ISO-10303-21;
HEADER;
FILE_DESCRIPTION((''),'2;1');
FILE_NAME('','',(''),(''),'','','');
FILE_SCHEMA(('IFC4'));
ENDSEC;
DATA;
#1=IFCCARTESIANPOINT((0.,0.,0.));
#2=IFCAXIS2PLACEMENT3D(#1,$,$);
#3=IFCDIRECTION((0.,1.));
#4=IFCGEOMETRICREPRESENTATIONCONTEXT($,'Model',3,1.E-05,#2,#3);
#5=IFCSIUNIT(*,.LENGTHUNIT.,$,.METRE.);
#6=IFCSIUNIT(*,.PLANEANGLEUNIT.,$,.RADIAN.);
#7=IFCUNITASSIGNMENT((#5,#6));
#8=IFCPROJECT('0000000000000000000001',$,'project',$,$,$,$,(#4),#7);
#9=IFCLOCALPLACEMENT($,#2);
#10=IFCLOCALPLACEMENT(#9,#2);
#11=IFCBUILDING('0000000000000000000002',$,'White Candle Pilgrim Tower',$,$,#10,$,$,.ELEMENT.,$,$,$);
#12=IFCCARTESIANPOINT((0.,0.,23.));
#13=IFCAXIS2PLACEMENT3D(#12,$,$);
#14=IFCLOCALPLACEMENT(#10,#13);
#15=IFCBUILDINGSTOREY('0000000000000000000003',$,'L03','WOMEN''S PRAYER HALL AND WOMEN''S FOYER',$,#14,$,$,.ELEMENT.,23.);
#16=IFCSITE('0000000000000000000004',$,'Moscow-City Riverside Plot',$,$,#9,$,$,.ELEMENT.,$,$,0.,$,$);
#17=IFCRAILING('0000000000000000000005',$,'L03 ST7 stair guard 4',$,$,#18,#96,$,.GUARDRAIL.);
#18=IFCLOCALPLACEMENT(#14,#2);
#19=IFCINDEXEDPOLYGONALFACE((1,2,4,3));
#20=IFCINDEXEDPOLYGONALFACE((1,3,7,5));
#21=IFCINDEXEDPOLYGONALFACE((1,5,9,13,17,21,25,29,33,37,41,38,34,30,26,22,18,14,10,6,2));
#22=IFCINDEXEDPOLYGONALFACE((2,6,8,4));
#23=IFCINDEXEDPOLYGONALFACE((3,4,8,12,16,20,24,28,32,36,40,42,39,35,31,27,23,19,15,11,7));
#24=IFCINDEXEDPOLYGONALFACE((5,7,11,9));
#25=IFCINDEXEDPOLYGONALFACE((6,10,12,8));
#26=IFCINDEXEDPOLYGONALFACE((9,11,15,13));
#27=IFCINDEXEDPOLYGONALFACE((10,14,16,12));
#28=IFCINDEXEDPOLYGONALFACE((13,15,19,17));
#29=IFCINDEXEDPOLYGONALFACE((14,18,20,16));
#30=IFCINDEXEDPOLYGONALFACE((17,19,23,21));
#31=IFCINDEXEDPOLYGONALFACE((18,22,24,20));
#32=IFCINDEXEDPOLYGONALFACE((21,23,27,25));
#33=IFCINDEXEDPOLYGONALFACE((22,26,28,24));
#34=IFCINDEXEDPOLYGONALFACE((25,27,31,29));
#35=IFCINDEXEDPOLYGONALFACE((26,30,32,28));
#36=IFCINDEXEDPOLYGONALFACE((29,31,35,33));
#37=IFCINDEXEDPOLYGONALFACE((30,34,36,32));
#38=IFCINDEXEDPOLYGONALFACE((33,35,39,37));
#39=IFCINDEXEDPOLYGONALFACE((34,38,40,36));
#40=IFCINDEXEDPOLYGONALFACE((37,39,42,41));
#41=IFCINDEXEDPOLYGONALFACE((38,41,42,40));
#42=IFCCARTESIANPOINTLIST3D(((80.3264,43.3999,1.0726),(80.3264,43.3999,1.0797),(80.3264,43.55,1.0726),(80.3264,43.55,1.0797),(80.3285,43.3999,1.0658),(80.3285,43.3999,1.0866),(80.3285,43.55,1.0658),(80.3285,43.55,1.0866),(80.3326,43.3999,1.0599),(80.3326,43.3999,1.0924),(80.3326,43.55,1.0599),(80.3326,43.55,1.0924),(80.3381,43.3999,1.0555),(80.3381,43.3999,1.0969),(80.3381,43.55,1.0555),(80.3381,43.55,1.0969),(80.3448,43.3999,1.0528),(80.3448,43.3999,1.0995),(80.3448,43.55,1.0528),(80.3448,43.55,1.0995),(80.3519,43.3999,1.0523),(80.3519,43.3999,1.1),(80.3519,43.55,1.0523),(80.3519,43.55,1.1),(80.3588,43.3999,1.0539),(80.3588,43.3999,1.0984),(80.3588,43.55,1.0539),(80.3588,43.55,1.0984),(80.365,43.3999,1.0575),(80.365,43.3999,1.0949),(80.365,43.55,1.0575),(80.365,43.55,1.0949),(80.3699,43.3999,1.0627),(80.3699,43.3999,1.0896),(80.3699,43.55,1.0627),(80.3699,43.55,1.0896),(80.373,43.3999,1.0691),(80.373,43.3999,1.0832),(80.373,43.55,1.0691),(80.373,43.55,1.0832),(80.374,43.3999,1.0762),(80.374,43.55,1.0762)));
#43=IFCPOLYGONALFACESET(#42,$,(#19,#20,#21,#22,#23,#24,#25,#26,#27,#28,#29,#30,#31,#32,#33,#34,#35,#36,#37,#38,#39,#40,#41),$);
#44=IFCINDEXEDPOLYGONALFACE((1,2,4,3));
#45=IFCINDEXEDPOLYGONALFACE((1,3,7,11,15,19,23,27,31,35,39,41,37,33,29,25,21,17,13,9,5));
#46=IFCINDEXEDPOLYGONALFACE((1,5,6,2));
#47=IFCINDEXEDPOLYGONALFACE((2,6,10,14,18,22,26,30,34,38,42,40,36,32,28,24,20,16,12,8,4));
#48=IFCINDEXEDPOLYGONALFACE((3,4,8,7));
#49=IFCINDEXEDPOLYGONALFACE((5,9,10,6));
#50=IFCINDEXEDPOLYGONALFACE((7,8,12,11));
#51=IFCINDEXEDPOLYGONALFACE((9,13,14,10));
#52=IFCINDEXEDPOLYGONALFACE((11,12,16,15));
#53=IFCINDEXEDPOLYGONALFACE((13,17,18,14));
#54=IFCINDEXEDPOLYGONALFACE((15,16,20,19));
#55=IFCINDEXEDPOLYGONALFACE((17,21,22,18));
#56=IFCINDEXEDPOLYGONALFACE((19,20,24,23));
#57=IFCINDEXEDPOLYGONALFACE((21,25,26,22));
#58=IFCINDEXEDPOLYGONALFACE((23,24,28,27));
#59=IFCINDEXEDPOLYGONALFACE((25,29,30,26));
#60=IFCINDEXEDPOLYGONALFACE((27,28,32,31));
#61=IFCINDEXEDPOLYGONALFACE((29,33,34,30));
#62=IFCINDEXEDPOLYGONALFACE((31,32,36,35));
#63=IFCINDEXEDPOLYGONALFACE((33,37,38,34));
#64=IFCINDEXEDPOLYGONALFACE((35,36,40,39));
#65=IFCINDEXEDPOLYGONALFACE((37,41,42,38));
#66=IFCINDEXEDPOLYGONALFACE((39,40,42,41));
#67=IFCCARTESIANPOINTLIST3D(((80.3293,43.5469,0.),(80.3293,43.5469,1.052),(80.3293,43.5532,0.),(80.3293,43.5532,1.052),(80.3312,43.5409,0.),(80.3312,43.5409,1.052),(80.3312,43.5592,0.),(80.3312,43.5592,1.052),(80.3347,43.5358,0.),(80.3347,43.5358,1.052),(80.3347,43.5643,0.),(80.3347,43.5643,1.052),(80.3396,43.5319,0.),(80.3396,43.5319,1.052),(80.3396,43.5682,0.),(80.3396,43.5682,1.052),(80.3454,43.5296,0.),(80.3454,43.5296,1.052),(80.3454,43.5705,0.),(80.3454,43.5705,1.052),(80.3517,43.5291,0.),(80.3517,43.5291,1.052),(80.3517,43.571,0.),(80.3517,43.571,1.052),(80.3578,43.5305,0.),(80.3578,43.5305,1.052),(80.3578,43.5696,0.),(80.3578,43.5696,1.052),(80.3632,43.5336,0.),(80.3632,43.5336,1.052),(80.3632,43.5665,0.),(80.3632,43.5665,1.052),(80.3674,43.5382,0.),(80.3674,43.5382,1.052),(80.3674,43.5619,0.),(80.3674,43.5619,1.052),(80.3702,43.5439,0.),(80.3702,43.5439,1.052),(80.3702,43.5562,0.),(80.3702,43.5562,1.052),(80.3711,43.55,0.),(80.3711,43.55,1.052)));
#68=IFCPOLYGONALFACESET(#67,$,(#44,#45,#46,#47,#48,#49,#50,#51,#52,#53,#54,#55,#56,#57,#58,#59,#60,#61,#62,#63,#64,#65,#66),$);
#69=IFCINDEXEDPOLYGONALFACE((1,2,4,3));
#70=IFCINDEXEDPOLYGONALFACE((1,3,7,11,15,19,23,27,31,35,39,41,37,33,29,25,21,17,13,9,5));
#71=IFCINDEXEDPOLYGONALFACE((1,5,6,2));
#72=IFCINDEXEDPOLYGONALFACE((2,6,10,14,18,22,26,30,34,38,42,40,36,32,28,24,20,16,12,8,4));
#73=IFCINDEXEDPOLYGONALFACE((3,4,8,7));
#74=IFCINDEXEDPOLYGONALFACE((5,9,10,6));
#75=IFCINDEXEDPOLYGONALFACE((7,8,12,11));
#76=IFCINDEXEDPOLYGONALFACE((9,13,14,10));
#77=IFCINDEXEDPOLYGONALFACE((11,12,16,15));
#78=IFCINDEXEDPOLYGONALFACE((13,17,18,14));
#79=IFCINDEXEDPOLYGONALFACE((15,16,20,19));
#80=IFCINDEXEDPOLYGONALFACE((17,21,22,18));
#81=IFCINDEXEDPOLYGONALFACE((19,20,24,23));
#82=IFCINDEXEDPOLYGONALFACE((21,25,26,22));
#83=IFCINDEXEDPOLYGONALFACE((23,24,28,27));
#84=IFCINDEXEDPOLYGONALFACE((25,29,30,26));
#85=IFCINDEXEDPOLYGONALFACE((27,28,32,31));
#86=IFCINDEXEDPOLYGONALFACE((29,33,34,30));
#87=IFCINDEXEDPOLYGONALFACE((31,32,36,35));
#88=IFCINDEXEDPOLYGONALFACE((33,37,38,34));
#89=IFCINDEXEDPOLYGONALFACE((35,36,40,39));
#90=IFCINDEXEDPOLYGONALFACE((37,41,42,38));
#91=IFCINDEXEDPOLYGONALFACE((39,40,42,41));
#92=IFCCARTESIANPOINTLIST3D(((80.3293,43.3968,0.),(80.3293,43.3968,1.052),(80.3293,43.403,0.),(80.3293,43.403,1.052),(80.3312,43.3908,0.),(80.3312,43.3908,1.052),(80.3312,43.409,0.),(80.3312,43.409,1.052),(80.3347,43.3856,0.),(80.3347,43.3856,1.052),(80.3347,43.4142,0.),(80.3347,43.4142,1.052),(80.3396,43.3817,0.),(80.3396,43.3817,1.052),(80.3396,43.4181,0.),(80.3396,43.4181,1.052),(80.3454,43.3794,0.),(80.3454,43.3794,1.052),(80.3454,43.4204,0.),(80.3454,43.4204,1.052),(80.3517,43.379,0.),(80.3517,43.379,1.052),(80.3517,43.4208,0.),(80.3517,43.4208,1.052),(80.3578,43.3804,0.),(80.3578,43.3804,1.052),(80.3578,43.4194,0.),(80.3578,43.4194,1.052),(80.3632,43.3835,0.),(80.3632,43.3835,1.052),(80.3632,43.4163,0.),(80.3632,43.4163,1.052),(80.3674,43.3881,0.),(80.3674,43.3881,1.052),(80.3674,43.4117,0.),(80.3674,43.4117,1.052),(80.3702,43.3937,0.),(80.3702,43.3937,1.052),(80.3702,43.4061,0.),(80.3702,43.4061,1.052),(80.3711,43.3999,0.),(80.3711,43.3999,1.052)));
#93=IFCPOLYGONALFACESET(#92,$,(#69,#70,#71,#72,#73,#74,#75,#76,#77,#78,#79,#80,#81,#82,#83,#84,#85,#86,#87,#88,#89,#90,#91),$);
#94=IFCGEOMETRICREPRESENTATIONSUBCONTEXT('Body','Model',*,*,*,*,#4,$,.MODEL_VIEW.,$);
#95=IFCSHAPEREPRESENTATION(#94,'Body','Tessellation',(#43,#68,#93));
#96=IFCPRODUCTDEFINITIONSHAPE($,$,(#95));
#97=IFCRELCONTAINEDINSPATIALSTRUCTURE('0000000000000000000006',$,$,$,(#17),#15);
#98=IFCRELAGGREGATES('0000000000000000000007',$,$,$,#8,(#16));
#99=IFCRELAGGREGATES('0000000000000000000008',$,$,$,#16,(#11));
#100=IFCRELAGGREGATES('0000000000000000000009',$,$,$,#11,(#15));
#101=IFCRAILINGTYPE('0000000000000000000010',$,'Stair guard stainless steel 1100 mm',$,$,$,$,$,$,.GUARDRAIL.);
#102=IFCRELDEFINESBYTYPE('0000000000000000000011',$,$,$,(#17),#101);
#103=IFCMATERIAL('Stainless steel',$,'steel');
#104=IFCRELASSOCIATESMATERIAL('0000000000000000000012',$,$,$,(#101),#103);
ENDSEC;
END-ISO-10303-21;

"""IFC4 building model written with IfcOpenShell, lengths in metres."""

from ifc_helpers import new_model, si_unit, direction, frame, origin, origin_2d, place, context, subcontext, project, spatial, circle, extrude, material, type_object, element, save


model = new_model("IFC4")

# Units and contexts
model_context = context("Model", 3, precision=1e-05, world=origin(), true_north=direction((0.0, 1.0)))
body_context = subcontext(model_context, "Body", "Model", "MODEL_VIEW")
ifc_project = project(units=[si_unit("LENGTHUNIT", "METRE"), si_unit("PLANEANGLEUNIT", "RADIAN")], contexts=[model_context])

# Site, building, storey
site_placement = place(None, origin())
site = spatial("IfcSite", under=ifc_project, at=site_placement, Name="Moscow-City Riverside Plot", CompositionType="ELEMENT", RefElevation=0.0)
building_placement = place(site_placement, origin())
building = spatial("IfcBuilding", under=site, at=building_placement, Name="White Candle Pilgrim Tower", CompositionType="ELEMENT")
storey_placement = place(building_placement, frame((0.0, 0.0, 23.0)))
storey = spatial("IfcBuildingStorey", under=building, at=storey_placement, Name="L03", Description="WOMEN'S PRAYER HALL AND WOMEN'S FOYER", CompositionType="ELEMENT", Elevation=23.0)

# Railing
ifc_material_1 = material(Name="Stainless steel", Category="steel")
railing_type_1 = type_object("IfcRailingType", Name="Stair guard stainless steel 1100 mm", PredefinedType="GUARDRAIL", material=ifc_material_1)
railing_1_placement = place(storey_placement, frame((80.3501, 43.55, 0.0)))
element("IfcRailing", 1, at=railing_1_placement, inside=storey, type_object=railing_type_1, Name="L03 ST7 stair guard 4", PredefinedType="GUARDRAIL", context=body_context, shape_type="SweptSolid", body=[
    extrude(circle(Radius=0.0239, at=origin_2d()), frame((0.0, 0.0, 1.0762), z_axis=(0.0, -1.0, 0.0), x_axis=(1.0, 0.0, 0.0)), (0.0, 0.0, 1.0), 0.1501),
    extrude(circle(Radius=0.021, at=origin_2d()), origin(), (0.0, 0.0, 1.0), 1.052),
    extrude(circle(Radius=0.021, at=origin_2d()), frame((0.0, -0.1501, 0.0)), (0.0, 0.0, 1.0), 1.052),
])

save(model, "model.ifc")
